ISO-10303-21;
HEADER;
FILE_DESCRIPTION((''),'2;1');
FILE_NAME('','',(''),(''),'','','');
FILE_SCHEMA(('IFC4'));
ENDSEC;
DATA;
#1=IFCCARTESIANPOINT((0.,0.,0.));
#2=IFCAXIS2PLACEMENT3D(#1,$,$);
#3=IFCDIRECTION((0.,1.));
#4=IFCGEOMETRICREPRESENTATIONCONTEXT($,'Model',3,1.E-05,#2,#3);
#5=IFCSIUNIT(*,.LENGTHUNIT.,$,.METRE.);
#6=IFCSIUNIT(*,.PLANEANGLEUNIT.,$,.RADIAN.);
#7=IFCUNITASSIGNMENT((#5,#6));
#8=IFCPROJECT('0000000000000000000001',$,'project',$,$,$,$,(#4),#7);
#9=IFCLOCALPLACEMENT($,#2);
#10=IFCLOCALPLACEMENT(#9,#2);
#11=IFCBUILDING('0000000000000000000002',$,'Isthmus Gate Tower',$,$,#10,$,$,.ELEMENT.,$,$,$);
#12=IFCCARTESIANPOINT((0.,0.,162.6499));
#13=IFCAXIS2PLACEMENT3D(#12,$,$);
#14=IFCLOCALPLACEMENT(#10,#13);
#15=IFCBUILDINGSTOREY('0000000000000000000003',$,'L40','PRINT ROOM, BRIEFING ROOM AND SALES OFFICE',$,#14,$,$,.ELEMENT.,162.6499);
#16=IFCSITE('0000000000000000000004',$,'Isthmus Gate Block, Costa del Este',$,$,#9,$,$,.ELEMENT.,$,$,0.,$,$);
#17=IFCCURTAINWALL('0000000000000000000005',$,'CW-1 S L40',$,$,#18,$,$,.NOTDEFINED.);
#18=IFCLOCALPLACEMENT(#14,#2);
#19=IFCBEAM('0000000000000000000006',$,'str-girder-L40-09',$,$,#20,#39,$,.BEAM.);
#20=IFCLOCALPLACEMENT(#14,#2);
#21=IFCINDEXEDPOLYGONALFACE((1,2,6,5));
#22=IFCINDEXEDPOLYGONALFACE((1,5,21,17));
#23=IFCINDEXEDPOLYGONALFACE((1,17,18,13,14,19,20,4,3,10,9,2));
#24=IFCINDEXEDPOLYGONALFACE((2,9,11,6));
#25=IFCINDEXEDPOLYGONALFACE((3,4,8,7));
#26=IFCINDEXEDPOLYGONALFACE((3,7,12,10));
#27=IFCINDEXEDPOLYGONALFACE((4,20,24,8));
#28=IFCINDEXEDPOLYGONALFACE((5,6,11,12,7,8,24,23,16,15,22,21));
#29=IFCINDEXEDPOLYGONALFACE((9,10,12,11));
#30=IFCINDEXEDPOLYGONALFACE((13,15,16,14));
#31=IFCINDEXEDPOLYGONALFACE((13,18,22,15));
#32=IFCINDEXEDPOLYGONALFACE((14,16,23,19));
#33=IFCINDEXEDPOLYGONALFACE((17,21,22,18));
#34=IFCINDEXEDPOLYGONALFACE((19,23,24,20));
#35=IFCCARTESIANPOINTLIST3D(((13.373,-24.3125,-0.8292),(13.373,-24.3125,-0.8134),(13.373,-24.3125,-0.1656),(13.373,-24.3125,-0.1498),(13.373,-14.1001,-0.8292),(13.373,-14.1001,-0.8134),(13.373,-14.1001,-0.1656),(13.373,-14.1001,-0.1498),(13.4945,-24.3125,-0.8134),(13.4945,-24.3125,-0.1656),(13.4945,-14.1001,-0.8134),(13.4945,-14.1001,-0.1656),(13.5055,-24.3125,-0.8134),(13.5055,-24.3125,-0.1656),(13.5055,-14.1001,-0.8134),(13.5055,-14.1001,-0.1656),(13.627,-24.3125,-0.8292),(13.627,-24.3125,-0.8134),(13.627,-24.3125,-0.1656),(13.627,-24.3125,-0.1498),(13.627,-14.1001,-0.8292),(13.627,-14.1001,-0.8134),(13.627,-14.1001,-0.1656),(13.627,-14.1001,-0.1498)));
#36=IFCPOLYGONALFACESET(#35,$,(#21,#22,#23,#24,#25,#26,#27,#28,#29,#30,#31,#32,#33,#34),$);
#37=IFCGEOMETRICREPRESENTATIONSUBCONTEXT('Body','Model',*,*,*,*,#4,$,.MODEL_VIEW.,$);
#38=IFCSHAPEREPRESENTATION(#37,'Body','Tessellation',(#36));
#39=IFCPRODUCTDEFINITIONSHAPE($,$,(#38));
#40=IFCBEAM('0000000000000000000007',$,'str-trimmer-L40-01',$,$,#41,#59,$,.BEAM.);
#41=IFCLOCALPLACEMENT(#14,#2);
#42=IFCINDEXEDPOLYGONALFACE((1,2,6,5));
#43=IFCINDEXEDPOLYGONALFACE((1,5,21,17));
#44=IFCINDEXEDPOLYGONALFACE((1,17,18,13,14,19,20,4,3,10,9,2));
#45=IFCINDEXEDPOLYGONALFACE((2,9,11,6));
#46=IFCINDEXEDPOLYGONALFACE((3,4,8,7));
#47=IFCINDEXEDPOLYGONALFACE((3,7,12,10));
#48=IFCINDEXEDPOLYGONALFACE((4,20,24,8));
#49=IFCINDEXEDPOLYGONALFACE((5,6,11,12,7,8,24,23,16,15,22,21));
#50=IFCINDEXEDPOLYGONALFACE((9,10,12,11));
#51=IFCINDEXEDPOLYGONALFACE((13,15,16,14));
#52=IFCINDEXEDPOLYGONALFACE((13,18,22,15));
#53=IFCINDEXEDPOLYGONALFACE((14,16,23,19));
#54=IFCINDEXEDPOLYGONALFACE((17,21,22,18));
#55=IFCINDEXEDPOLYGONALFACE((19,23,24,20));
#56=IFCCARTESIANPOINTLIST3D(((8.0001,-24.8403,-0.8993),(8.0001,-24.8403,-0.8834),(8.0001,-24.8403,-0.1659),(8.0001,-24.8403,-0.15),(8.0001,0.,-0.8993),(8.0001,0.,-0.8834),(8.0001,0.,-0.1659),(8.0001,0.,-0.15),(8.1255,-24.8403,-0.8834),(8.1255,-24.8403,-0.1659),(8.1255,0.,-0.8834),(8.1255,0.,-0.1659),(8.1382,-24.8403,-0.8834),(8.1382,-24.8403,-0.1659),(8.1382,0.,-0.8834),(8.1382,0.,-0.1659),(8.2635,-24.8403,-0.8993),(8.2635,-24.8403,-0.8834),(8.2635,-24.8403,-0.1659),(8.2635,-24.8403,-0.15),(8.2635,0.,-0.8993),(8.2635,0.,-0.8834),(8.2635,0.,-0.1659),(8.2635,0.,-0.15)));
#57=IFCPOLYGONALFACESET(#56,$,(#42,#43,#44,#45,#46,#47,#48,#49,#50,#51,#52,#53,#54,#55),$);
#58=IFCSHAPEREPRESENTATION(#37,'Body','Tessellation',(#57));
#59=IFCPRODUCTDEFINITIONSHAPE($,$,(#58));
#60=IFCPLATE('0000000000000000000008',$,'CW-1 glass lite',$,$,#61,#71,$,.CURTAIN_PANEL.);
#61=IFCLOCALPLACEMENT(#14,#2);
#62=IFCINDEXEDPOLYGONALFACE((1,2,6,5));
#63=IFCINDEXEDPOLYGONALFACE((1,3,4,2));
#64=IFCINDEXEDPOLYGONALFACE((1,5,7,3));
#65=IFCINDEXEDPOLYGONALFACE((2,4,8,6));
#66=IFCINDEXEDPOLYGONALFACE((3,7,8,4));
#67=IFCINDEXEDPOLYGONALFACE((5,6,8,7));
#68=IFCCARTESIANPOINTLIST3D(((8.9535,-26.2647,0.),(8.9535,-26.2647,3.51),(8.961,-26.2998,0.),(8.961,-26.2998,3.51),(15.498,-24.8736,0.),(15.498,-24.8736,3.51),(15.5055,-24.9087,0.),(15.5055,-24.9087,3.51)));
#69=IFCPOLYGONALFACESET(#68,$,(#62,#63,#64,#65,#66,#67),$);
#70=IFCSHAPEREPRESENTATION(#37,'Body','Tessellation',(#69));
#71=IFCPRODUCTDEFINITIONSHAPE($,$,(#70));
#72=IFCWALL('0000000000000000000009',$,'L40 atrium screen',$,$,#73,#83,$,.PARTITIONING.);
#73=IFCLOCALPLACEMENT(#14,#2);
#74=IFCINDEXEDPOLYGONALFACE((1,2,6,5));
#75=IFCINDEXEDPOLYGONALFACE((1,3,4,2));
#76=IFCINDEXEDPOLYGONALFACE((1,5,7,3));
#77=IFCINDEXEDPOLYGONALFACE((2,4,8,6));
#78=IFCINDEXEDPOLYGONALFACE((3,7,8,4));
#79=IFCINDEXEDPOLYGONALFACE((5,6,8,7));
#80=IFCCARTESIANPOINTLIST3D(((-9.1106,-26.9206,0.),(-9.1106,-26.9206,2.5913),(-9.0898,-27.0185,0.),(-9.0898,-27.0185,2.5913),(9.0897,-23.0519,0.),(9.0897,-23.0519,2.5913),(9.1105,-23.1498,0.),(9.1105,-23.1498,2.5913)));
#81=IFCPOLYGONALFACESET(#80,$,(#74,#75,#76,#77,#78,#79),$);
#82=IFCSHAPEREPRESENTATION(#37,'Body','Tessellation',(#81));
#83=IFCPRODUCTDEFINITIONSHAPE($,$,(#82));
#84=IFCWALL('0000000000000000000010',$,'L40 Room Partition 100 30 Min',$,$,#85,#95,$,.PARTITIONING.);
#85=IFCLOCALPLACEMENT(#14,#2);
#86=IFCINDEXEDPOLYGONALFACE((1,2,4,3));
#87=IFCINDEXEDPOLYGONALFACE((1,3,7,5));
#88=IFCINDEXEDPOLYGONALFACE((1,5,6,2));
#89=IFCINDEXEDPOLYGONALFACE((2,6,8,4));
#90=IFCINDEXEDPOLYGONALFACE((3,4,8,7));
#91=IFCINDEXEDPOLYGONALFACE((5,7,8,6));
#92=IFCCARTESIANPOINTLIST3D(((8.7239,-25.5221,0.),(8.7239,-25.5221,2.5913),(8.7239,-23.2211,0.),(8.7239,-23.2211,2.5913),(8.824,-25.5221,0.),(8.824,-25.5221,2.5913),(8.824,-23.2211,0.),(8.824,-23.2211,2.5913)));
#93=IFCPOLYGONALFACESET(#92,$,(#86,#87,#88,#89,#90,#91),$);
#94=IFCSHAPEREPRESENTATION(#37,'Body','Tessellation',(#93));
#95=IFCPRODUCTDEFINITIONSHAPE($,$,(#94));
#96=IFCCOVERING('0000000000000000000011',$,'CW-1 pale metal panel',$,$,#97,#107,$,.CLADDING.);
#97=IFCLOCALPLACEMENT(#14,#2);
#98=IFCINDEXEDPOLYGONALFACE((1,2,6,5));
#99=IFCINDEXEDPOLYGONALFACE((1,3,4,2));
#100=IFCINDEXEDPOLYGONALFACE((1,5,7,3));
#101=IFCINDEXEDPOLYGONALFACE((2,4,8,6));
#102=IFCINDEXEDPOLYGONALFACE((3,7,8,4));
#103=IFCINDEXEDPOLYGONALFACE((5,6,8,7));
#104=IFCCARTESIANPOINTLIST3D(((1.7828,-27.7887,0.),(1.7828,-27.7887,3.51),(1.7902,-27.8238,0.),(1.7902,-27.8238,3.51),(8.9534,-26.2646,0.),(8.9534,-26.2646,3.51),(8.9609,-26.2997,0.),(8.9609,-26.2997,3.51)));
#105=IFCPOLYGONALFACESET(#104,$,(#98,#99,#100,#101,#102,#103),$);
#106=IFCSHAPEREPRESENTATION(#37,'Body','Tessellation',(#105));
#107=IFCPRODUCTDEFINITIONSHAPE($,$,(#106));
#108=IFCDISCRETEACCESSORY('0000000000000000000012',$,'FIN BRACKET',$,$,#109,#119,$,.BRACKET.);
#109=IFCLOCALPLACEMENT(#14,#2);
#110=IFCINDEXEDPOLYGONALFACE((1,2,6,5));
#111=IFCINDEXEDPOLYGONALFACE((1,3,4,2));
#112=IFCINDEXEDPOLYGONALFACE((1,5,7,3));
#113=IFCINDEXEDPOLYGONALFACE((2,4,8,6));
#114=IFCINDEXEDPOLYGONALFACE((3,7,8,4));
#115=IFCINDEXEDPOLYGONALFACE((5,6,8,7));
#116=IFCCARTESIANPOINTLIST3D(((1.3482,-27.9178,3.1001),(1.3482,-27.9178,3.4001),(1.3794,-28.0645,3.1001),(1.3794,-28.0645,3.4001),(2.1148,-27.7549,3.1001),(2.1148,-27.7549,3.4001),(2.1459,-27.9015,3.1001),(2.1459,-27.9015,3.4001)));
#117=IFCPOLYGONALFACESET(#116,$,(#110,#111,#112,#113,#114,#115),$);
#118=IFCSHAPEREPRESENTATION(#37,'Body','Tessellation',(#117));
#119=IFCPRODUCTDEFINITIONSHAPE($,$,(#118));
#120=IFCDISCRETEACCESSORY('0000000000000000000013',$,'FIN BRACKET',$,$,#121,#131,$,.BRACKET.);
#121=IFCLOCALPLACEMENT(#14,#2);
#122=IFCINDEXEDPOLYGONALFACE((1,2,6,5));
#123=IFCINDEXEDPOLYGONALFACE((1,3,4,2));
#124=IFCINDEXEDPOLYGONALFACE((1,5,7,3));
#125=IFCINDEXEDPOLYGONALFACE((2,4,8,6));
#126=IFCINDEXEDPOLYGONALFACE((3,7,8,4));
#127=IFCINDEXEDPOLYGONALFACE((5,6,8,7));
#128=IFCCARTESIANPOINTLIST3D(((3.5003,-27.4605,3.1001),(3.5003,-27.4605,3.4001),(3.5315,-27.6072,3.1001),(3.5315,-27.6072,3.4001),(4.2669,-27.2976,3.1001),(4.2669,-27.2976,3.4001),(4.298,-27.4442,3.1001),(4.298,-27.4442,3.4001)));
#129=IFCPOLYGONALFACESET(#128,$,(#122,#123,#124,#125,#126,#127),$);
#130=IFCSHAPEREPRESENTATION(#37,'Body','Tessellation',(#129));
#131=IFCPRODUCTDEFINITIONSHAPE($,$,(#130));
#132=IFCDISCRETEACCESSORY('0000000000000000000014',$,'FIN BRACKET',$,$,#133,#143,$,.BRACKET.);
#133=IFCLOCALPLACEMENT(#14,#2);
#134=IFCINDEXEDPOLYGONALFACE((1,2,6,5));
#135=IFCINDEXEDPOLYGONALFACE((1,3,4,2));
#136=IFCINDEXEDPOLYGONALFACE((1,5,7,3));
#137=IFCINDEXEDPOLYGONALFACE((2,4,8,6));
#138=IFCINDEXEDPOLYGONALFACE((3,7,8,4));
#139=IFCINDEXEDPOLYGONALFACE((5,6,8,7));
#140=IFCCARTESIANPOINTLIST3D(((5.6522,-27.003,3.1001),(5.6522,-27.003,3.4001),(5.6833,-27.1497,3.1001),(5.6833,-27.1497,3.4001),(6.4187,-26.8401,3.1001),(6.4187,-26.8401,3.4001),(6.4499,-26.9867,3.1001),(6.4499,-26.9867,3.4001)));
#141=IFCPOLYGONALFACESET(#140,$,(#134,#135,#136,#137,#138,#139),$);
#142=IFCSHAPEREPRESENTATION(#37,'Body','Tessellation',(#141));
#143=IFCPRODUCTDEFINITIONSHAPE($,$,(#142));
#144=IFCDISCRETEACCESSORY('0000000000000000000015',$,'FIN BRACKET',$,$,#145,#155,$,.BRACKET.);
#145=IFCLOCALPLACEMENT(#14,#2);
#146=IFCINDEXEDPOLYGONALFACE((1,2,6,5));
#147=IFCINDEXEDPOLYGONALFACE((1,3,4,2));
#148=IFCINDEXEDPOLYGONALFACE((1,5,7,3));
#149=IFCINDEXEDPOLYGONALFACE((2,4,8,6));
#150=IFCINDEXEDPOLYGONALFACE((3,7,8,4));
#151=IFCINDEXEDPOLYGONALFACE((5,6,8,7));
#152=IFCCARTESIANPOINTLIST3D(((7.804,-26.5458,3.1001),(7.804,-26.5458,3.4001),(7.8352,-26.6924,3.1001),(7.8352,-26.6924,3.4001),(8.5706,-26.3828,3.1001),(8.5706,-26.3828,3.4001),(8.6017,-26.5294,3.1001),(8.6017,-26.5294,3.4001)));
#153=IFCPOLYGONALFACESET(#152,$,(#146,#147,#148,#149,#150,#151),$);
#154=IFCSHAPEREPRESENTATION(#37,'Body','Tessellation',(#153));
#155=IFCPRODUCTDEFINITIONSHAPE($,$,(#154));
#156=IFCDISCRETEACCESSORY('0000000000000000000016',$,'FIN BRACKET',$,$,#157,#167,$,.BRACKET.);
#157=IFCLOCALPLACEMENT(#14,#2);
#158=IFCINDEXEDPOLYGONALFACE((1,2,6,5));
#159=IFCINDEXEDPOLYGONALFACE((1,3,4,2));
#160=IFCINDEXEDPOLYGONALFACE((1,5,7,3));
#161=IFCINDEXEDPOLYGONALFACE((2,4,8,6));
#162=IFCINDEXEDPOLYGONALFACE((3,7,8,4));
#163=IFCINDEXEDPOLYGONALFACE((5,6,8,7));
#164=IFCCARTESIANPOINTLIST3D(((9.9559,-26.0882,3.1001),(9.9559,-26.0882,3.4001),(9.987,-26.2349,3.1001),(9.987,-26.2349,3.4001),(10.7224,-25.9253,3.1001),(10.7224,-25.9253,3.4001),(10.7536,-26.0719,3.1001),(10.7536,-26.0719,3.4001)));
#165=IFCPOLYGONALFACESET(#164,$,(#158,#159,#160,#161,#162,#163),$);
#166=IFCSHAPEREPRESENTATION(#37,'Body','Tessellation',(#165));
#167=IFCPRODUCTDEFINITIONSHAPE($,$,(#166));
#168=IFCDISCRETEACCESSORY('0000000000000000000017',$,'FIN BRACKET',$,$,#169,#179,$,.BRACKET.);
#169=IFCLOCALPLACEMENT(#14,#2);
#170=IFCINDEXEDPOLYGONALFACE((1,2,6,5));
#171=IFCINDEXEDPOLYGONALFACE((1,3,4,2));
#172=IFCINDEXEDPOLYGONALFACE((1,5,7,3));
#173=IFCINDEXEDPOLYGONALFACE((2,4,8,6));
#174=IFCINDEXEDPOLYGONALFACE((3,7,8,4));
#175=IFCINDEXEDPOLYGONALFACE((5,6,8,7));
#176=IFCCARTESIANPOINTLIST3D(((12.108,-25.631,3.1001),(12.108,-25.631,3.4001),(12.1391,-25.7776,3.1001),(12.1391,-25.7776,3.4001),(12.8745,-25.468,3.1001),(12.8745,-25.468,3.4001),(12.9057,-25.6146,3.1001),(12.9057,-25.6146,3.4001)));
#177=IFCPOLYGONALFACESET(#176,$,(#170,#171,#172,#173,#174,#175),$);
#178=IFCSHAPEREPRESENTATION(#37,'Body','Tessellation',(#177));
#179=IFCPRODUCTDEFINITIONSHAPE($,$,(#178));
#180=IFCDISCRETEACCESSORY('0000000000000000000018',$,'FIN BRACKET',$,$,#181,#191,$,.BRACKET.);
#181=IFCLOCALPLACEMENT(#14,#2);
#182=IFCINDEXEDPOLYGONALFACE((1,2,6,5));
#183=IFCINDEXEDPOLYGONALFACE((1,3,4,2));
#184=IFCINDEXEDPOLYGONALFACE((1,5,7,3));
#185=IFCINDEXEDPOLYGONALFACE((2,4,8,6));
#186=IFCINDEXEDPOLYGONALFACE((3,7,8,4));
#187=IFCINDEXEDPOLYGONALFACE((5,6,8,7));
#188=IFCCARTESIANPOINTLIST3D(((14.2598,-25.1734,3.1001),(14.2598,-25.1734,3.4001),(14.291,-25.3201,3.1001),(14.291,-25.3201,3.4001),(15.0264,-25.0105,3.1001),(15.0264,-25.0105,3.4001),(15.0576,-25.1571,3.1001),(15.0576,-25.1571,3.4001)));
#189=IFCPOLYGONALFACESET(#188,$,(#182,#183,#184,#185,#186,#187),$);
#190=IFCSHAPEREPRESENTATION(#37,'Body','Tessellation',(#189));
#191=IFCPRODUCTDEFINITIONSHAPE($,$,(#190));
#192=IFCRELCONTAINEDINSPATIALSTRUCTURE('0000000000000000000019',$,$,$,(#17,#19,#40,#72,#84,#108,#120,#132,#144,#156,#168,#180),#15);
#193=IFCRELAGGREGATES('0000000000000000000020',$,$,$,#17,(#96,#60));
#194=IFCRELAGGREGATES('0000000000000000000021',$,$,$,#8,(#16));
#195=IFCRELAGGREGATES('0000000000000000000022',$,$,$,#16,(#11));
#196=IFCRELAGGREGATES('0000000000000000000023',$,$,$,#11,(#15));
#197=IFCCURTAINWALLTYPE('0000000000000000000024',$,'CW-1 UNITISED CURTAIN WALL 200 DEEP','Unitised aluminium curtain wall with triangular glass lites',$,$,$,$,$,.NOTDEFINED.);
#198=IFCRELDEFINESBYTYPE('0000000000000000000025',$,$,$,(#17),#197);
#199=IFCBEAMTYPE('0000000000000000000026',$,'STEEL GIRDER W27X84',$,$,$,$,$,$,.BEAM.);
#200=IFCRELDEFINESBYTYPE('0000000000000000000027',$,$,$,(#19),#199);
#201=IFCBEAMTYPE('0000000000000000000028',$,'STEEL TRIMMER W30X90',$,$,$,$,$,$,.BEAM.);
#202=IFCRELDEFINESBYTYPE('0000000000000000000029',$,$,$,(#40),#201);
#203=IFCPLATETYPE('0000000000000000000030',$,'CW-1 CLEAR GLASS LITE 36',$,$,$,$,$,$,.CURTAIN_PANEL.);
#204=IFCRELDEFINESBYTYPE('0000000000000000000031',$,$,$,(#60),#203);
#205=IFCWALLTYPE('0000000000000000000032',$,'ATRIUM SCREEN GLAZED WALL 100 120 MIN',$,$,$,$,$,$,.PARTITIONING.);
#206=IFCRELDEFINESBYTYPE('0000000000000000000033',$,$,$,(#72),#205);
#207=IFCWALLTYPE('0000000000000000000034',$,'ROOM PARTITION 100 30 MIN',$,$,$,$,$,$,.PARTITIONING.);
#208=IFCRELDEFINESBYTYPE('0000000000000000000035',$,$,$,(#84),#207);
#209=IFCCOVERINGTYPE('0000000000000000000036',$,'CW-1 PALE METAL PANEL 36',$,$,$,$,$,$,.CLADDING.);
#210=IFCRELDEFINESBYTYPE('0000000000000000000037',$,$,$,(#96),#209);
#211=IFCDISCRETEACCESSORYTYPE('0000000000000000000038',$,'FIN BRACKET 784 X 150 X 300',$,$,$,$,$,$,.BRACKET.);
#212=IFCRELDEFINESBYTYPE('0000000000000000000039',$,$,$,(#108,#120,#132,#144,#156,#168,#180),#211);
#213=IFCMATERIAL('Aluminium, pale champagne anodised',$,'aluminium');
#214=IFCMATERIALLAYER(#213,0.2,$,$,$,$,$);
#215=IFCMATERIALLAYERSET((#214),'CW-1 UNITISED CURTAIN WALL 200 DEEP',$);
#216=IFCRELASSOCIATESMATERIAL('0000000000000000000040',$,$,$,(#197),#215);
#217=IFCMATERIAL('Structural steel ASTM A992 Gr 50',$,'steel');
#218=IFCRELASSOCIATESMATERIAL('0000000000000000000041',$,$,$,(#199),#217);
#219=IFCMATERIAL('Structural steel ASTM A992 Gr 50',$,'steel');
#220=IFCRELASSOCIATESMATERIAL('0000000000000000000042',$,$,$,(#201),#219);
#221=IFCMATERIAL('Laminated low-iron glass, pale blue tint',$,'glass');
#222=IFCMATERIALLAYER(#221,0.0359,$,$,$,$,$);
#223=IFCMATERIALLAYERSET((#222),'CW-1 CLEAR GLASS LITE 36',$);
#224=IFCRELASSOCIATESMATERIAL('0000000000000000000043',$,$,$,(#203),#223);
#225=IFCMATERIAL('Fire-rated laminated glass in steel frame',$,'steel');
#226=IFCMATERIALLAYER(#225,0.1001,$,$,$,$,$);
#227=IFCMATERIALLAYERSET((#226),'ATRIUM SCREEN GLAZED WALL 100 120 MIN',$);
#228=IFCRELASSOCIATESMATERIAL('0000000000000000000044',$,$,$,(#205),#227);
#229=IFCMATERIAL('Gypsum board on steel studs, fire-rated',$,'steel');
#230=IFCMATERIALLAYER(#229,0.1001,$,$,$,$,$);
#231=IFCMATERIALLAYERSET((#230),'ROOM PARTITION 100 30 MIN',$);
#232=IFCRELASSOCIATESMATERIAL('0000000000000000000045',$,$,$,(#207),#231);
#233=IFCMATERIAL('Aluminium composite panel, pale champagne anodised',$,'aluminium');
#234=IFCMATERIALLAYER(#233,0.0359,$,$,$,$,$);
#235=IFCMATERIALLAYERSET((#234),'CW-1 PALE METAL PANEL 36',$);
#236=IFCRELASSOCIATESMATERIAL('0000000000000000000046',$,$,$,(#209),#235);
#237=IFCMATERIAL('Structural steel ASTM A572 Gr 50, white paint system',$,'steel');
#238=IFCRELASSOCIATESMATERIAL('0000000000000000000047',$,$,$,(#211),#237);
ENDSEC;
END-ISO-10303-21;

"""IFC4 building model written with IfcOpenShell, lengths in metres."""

from ifc_helpers import new_model, si_unit, direction, frame, frame_2d, origin, origin_2d, place, context, subcontext, project, spatial, rectangle, i_section, extrude, material, layer, layer_set, material_profile, profile_set, type_object, element, aggregate, save


model = new_model("IFC4")

# Units and contexts
model_context = context("Model", 3, precision=1e-05, world=origin(), true_north=direction((0.0, 1.0)))
body_context = subcontext(model_context, "Body", "Model", "MODEL_VIEW")
ifc_project = project(units=[si_unit("LENGTHUNIT", "METRE"), si_unit("PLANEANGLEUNIT", "RADIAN")], contexts=[model_context])

# Site, building, storey
site_placement = place(None, origin())
site = spatial("IfcSite", under=ifc_project, at=site_placement, Name="Isthmus Gate Block, Costa del Este", CompositionType="ELEMENT", RefElevation=0.0)
building_placement = place(site_placement, origin())
building = spatial("IfcBuilding", under=site, at=building_placement, Name="Isthmus Gate Tower", CompositionType="ELEMENT")
storey_placement = place(building_placement, frame((0.0, 0.0, 162.6499)))
storey = spatial("IfcBuildingStorey", under=building, at=storey_placement, Name="L40", Description="PRINT ROOM, BRIEFING ROOM AND SALES OFFICE", CompositionType="ELEMENT", Elevation=162.6499)

# Curtain wall
ifc_material_1 = material(Name="Aluminium, pale champagne anodised", Category="aluminium")
ifc_layer_1 = layer(ifc_material_1, 0.2)
ifc_layer_set_1 = layer_set([ifc_layer_1], Name="CW-1 UNITISED CURTAIN WALL 200 DEEP")
curtain_wall_type = type_object("IfcCurtainWallType", Name="CW-1 UNITISED CURTAIN WALL 200 DEEP", Description="Unitised aluminium curtain wall with triangular glass lites", PredefinedType="NOTDEFINED", material=ifc_layer_set_1)
curtain_wall_placement = place(storey_placement, origin())
curtain_wall = element("IfcCurtainWall", 1, at=curtain_wall_placement, inside=storey, type_object=curtain_wall_type, Name="CW-1 S L40", PredefinedType="NOTDEFINED")

# Beams
ifc_material_2 = material(Name="Structural steel ASTM A992 Gr 50", Category="steel")
ifc_material_profile_1 = material_profile(ifc_material_2, i_section(OverallWidth=0.2539, OverallDepth=0.6794, WebThickness=0.011, FlangeThickness=0.0159, at=origin_2d()), Name="W27X84")
ifc_profile_set_1 = profile_set([ifc_material_profile_1], Name="Structural steel ASTM A992 Gr 50")
beam_type_1 = type_object("IfcBeamType", Name="STEEL GIRDER W27X84", PredefinedType="BEAM", material=ifc_profile_set_1)
beam_1_placement = place(storey_placement, frame((13.5, -24.3125, -0.4895), z_axis=(0.0, 1.0, 0.0), x_axis=(-1.0, 0.0, 0.0)))
element("IfcBeam", 2, at=beam_1_placement, inside=storey, type_object=beam_type_1, Name="str-girder-L40-09", PredefinedType="BEAM", context=body_context, shape_type="SweptSolid", body=[
    extrude(i_section(OverallWidth=0.2539, OverallDepth=0.6794, WebThickness=0.011, FlangeThickness=0.0159, at=origin_2d()), origin(), (0.0, 0.0, 1.0), 10.2124),
])
ifc_material_3 = material(Name="Structural steel ASTM A992 Gr 50", Category="steel")
ifc_material_profile_2 = material_profile(ifc_material_3, i_section(OverallWidth=0.2634, OverallDepth=0.7493, WebThickness=0.0127, FlangeThickness=0.0159, at=origin_2d()), Name="W30X90")
ifc_profile_set_2 = profile_set([ifc_material_profile_2], Name="Structural steel ASTM A992 Gr 50")
beam_type_2 = type_object("IfcBeamType", Name="STEEL TRIMMER W30X90", PredefinedType="BEAM", material=ifc_profile_set_2)
beam_2_placement = place(storey_placement, frame((8.1318, -24.8403, -0.5247), z_axis=(0.0, 1.0, 0.0), x_axis=(-1.0, 0.0, 0.0)))
element("IfcBeam", 3, at=beam_2_placement, inside=storey, type_object=beam_type_2, Name="str-trimmer-L40-01", PredefinedType="BEAM", context=body_context, shape_type="SweptSolid", body=[
    extrude(i_section(OverallWidth=0.2634, OverallDepth=0.7493, WebThickness=0.0127, FlangeThickness=0.0159, at=origin_2d()), origin(), (0.0, 0.0, 1.0), 24.8403),
])

# Plate
ifc_material_4 = material(Name="Laminated low-iron glass, pale blue tint", Category="glass")
ifc_layer_2 = layer(ifc_material_4, 0.0359)
ifc_layer_set_2 = layer_set([ifc_layer_2], Name="CW-1 CLEAR GLASS LITE 36")
plate_type = type_object("IfcPlateType", Name="CW-1 CLEAR GLASS LITE 36", PredefinedType="CURTAIN_PANEL", material=ifc_layer_set_2)
plate_placement = place(storey_placement, frame((12.2295, -25.5867, 0.0), z_axis=(0.0, 0.0, 1.0), x_axis=(0.978148, 0.207912, 0.0)))
plate = element("IfcPlate", 4, at=plate_placement, type_object=plate_type, Name="CW-1 glass lite", PredefinedType="CURTAIN_PANEL", context=body_context, shape_type="SweptSolid", body=[
    extrude(rectangle(XDim=6.6907, YDim=0.0359, at=origin_2d()), origin(), (0.0, 0.0, 1.0), 3.51),
])

# Walls
ifc_material_5 = material(Name="Fire-rated laminated glass in steel frame", Category="steel")
ifc_layer_3 = layer(ifc_material_5, 0.1001)
ifc_layer_set_3 = layer_set([ifc_layer_3], Name="ATRIUM SCREEN GLAZED WALL 100 120 MIN")
wall_type_1 = type_object("IfcWallType", Name="ATRIUM SCREEN GLAZED WALL 100 120 MIN", PredefinedType="PARTITIONING", material=ifc_layer_set_3)
wall_1_placement = place(storey_placement, frame((9.1001, -23.1008, 0.0), z_axis=(0.0, 0.0, 1.0), x_axis=(-0.978147, -0.207916, 0.0)))
element("IfcWall", 5, at=wall_1_placement, inside=storey, type_object=wall_type_1, Name="L40 atrium screen", PredefinedType="PARTITIONING", context=body_context, shape_type="SweptSolid", body=[
    extrude(rectangle(XDim=18.6069, YDim=0.1001, at=frame_2d((9.3035, 0.0))), origin(), (0.0, 0.0, 1.0), 2.5913),
])
ifc_material_6 = material(Name="Gypsum board on steel studs, fire-rated", Category="steel")
ifc_layer_4 = layer(ifc_material_6, 0.1001)
ifc_layer_set_4 = layer_set([ifc_layer_4], Name="ROOM PARTITION 100 30 MIN")
wall_type_2 = type_object("IfcWallType", Name="ROOM PARTITION 100 30 MIN", PredefinedType="PARTITIONING", material=ifc_layer_set_4)
wall_2_placement = place(storey_placement, frame((8.7739, -25.522, 0.0), z_axis=(0.0, 0.0, 1.0), x_axis=(0.0, 1.0, 0.0)))
element("IfcWall", 6, at=wall_2_placement, inside=storey, type_object=wall_type_2, Name="L40 Room Partition 100 30 Min", PredefinedType="PARTITIONING", context=body_context, shape_type="SweptSolid", body=[
    extrude(rectangle(XDim=2.301, YDim=0.1001, at=frame_2d((1.1504, 0.0))), origin(), (0.0, 0.0, 1.0), 2.5913),
])

# Covering
ifc_material_7 = material(Name="Aluminium composite panel, pale champagne anodised", Category="aluminium")
ifc_layer_5 = layer(ifc_material_7, 0.0359)
ifc_layer_set_5 = layer_set([ifc_layer_5], Name="CW-1 PALE METAL PANEL 36")
covering_type = type_object("IfcCoveringType", Name="CW-1 PALE METAL PANEL 36", PredefinedType="CLADDING", material=ifc_layer_set_5)
covering_placement = place(storey_placement, frame((5.3718, -27.0442, 0.0), z_axis=(0.0, 0.0, 1.0), x_axis=(0.978148, 0.207912, 0.0)))
covering = element("IfcCovering", 7, at=covering_placement, type_object=covering_type, Name="CW-1 pale metal panel", PredefinedType="CLADDING", context=body_context, shape_type="SweptSolid", body=[
    extrude(rectangle(XDim=7.3308, YDim=0.0359, at=origin_2d()), origin(), (0.0, 0.0, 1.0), 3.51),
])
aggregate(curtain_wall, [covering, plate])

# Discrete accessories
ifc_material_8 = material(Name="Structural steel ASTM A572 Gr 50, white paint system", Category="steel")
discrete_accessory_type = type_object("IfcDiscreteAccessoryType", Name="FIN BRACKET 784 X 150 X 300", PredefinedType="BRACKET", material=ifc_material_8)
for number, where, z_axis, x_axis, name in (
    (8, (1.7471, -27.9097, 3.1001), (0.0, 0.0, 1.0), (0.207912, -0.978148, 0.0), "FIN BRACKET"),
    (9, (3.8992, -27.4524, 3.1001), (0.0, 0.0, 1.0), (0.207912, -0.978148, 0.0), "FIN BRACKET"),
    (10, (6.051, -26.9949, 3.1001), (0.0, 0.0, 1.0), (0.207912, -0.978148, 0.0), "FIN BRACKET"),
    (11, (8.2029, -26.5376, 3.1001), (0.0, 0.0, 1.0), (0.207912, -0.978148, 0.0), "FIN BRACKET"),
    (12, (10.3547, -26.0801, 3.1001), (0.0, 0.0, 1.0), (0.207912, -0.978148, 0.0), "FIN BRACKET"),
    (13, (12.5068, -25.6228, 3.1001), (0.0, 0.0, 1.0), (0.207912, -0.978148, 0.0), "FIN BRACKET"),
    (14, (14.6587, -25.1653, 3.1001), (0.0, 0.0, 1.0), (0.207912, -0.978148, 0.0), "FIN BRACKET"),
):
    element("IfcDiscreteAccessory", number, at=place(storey_placement, frame(where, z_axis=z_axis, x_axis=x_axis)), inside=storey, type_object=discrete_accessory_type, Name=name, PredefinedType="BRACKET", context=body_context, shape_type="SweptSolid", body=[
        extrude(rectangle(XDim=0.1499, YDim=0.7837, at=origin_2d()), origin(), (0.0, 0.0, 1.0), 0.3),
    ])

save(model, "model.ifc")
